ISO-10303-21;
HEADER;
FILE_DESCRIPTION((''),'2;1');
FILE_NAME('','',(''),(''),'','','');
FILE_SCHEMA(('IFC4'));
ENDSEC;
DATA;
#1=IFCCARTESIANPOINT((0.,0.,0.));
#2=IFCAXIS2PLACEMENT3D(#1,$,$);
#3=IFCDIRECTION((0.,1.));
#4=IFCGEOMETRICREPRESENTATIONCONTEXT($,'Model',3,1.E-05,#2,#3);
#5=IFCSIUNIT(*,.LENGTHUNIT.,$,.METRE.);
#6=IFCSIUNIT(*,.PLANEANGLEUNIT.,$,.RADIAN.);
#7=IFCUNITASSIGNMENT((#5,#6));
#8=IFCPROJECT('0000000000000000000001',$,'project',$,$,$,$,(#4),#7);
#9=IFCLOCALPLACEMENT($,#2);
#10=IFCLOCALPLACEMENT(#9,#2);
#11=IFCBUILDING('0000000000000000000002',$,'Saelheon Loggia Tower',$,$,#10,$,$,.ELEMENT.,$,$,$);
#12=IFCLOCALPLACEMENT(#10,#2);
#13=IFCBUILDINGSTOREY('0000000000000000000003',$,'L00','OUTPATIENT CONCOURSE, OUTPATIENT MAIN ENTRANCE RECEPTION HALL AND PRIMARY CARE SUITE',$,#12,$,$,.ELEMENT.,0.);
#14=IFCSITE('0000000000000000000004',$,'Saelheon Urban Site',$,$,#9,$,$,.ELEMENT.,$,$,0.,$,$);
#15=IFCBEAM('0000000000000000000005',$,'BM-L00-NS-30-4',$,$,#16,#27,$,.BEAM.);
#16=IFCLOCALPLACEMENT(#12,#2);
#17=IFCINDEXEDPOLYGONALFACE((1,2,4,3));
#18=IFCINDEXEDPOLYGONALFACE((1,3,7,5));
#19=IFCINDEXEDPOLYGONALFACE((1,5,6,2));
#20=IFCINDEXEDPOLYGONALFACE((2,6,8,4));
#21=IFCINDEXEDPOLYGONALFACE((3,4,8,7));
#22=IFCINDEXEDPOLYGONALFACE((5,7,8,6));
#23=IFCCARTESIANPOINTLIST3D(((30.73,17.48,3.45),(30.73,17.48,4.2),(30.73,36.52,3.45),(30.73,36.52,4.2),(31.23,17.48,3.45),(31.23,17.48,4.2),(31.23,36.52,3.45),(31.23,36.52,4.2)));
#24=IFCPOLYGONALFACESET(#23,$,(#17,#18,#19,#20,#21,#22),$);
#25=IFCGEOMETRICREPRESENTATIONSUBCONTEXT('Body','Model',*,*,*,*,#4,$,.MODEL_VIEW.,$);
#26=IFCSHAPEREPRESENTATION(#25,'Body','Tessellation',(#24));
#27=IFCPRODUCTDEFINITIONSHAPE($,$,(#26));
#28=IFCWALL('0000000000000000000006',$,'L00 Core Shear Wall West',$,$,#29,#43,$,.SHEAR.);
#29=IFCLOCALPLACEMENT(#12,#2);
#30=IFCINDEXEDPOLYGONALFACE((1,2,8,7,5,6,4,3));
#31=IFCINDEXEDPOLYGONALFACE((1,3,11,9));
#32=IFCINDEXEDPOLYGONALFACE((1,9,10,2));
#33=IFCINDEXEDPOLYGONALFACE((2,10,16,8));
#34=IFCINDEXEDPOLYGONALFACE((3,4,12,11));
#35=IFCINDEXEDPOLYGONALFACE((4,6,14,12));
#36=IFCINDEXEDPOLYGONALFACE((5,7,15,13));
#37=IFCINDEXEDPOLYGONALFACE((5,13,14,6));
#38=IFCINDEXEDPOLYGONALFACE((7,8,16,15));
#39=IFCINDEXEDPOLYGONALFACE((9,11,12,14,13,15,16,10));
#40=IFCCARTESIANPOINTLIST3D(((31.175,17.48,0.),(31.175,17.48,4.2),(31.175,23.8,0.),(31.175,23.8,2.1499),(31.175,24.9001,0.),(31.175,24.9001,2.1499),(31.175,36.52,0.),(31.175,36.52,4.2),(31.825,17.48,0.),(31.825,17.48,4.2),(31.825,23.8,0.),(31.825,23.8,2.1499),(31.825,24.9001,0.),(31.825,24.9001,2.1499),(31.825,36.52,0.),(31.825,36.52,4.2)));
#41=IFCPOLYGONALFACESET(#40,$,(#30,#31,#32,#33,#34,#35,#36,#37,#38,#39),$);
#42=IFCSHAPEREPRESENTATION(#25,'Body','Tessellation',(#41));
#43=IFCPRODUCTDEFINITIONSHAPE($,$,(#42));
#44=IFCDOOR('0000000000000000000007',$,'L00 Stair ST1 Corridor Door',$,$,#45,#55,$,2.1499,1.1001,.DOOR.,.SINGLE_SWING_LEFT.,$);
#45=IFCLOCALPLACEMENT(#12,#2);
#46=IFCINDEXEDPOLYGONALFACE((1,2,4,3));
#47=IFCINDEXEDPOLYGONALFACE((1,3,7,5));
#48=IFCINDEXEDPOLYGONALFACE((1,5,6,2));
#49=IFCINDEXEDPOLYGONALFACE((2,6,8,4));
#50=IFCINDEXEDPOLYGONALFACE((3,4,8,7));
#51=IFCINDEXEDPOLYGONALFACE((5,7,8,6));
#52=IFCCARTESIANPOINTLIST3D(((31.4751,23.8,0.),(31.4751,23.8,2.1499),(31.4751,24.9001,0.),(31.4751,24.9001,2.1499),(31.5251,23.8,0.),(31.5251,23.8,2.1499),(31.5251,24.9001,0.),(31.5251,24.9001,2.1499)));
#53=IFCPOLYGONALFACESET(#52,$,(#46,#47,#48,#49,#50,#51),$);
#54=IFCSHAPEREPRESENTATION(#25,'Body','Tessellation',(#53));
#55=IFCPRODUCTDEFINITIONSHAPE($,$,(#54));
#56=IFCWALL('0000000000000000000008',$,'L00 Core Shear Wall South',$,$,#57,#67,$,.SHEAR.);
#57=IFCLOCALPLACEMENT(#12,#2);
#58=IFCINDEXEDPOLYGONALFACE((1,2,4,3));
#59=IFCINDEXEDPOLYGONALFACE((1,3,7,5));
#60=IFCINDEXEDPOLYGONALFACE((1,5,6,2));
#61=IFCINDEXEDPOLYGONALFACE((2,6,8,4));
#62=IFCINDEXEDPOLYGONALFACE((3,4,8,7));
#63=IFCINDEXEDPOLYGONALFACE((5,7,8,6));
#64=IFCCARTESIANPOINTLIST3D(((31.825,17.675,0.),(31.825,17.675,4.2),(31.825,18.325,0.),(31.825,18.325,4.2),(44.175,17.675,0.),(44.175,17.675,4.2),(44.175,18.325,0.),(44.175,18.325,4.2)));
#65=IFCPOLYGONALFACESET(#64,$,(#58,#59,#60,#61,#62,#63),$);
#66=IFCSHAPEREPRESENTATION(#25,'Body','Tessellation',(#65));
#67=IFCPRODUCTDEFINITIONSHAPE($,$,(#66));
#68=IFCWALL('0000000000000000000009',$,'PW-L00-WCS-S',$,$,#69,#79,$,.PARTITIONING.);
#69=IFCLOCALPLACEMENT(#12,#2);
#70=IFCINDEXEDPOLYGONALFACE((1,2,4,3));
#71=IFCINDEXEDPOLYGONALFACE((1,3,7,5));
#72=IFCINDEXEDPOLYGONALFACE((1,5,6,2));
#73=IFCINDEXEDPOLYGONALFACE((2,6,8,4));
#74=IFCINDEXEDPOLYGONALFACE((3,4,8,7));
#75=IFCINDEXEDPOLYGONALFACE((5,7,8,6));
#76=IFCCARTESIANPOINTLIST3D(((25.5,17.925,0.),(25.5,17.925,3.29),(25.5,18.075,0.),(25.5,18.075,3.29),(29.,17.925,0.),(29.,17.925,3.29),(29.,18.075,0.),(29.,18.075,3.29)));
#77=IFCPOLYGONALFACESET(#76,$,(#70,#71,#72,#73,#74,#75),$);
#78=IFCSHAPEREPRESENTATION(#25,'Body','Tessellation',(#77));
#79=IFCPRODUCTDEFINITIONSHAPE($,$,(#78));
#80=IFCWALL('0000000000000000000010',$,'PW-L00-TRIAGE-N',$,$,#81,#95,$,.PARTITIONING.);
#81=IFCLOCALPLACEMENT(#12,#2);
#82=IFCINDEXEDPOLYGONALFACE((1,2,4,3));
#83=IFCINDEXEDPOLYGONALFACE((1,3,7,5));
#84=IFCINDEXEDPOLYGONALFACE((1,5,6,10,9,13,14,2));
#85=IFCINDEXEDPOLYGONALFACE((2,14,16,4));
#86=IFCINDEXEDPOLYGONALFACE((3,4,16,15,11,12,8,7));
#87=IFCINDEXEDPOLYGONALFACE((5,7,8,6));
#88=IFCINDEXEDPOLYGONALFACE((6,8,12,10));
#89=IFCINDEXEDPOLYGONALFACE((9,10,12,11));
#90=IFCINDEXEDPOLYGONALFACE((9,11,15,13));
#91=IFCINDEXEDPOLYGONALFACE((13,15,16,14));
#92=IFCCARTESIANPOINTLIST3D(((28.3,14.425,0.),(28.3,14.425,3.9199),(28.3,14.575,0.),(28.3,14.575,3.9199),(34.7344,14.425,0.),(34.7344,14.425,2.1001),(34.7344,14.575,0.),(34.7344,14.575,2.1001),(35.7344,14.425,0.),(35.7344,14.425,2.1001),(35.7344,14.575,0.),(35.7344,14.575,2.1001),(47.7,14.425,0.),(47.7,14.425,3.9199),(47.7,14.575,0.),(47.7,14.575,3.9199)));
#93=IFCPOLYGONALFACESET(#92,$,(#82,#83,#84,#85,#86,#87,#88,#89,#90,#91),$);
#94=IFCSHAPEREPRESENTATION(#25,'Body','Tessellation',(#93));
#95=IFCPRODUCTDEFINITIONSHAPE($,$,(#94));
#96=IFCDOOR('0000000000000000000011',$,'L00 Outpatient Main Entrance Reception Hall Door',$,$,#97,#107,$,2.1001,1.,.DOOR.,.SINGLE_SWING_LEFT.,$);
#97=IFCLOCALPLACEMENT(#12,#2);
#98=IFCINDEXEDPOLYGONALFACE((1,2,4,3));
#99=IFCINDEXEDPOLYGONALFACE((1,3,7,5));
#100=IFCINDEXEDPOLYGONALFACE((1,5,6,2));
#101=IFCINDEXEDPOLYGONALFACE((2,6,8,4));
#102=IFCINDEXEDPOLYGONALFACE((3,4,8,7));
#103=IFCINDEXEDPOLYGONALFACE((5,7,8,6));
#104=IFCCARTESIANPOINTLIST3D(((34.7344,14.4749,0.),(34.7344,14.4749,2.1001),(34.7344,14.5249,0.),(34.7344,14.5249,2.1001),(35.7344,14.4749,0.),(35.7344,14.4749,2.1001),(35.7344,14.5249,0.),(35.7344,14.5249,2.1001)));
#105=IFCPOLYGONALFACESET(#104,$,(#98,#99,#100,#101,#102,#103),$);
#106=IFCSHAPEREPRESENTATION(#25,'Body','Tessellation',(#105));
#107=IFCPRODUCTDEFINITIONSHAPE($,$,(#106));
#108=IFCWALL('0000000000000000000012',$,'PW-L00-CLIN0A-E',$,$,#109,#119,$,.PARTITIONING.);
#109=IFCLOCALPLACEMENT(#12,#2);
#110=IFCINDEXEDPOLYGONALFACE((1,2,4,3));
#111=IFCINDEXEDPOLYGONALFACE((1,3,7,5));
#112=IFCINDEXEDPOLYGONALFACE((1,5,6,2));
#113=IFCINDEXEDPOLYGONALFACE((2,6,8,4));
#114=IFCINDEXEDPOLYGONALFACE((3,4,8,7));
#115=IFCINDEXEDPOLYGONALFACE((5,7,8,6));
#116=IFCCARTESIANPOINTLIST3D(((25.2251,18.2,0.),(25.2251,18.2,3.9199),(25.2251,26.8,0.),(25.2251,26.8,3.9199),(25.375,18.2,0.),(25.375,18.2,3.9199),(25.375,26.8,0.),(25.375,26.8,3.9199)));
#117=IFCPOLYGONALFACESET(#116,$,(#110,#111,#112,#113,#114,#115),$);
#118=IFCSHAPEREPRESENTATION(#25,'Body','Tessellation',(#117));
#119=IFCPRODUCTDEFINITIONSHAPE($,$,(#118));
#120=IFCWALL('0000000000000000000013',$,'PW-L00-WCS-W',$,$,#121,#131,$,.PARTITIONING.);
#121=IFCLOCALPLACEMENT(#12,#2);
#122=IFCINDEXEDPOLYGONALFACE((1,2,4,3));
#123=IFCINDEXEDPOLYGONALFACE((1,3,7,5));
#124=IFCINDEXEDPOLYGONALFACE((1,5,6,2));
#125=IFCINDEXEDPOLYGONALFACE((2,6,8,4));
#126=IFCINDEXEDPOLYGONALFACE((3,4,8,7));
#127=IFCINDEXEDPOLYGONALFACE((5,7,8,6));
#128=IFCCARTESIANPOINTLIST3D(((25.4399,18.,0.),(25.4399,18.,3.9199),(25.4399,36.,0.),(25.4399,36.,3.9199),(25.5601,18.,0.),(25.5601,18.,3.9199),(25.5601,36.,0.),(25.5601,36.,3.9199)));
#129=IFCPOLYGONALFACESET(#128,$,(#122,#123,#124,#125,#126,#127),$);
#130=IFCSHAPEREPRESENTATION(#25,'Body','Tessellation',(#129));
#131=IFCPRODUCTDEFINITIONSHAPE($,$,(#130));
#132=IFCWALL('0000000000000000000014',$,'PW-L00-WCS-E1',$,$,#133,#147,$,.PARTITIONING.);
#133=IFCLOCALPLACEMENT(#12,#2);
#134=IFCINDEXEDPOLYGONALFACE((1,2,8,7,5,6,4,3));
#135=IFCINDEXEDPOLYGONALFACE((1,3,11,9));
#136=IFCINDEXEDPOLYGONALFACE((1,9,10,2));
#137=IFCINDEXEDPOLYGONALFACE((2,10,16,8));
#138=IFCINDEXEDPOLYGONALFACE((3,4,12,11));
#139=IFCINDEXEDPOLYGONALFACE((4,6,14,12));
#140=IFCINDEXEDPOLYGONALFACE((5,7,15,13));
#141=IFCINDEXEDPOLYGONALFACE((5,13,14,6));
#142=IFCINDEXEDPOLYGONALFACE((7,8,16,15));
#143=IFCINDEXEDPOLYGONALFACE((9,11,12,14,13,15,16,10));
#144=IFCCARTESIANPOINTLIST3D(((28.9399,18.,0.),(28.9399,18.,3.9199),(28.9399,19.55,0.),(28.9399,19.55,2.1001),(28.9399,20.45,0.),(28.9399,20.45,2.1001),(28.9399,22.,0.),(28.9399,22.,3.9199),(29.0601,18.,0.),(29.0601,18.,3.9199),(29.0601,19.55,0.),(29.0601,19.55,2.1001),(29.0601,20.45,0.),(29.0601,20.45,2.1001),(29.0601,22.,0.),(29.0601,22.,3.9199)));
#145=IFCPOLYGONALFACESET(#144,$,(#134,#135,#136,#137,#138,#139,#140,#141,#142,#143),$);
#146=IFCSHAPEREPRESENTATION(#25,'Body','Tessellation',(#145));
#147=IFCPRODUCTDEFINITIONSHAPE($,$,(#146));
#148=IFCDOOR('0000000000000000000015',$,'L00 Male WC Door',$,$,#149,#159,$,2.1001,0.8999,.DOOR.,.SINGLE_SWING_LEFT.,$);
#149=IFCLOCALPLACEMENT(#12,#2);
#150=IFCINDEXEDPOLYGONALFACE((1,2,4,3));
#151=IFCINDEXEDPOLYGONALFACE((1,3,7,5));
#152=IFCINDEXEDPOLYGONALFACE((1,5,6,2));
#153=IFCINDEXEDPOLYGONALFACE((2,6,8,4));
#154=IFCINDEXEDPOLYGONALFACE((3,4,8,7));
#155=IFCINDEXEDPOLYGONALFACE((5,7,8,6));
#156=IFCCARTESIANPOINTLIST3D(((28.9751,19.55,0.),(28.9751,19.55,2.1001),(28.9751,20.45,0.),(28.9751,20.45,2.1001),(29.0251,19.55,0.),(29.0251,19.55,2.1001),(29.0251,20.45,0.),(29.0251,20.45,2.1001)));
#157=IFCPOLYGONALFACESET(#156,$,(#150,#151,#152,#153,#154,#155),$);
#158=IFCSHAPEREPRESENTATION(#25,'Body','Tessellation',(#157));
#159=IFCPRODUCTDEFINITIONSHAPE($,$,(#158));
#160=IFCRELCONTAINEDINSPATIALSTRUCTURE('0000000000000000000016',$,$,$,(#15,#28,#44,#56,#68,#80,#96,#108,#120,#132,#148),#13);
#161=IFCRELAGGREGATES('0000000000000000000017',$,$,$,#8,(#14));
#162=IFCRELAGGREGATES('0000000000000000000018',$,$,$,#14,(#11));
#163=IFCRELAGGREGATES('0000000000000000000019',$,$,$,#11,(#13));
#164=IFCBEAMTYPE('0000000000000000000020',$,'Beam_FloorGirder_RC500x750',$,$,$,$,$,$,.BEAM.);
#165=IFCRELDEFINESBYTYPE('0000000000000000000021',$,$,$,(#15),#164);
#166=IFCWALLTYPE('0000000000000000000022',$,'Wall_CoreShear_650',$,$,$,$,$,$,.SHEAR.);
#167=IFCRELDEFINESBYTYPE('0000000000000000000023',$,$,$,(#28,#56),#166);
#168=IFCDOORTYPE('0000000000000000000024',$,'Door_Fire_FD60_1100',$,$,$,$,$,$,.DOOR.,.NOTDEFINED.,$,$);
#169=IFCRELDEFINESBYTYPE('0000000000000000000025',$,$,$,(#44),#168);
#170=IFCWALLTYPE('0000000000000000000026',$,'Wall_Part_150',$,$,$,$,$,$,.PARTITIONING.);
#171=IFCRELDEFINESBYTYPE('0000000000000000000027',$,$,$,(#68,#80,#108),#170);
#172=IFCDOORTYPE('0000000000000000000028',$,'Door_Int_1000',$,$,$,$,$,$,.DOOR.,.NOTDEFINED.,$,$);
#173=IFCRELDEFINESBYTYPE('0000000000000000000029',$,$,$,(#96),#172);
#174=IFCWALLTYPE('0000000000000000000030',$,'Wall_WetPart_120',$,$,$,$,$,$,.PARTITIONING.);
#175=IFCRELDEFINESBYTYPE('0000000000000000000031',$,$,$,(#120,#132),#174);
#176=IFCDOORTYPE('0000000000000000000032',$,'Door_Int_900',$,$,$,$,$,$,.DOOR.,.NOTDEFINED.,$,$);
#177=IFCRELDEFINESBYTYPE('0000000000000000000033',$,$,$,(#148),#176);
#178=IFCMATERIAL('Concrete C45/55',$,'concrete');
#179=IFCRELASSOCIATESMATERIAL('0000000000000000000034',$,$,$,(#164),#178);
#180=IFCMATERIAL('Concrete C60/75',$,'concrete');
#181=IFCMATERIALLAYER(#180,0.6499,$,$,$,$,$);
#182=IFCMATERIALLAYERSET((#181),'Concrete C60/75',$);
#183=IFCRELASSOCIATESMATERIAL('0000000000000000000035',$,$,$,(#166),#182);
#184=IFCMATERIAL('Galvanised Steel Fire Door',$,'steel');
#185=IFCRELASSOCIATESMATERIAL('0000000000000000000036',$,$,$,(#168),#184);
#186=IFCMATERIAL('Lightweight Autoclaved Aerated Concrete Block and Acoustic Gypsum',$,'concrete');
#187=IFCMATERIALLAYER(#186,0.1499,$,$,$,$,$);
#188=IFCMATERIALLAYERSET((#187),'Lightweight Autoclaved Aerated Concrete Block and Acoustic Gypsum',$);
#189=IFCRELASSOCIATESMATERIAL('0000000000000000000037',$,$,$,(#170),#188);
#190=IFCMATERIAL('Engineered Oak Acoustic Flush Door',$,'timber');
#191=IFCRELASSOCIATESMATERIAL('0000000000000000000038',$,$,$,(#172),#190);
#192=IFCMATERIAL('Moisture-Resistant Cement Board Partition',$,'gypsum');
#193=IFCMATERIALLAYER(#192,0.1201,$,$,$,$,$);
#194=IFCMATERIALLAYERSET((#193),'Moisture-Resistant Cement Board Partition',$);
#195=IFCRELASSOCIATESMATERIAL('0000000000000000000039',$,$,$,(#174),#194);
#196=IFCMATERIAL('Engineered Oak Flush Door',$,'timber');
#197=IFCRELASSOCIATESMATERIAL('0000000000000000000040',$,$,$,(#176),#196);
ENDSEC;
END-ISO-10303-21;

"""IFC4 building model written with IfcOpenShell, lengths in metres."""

from ifc_helpers import new_model, si_unit, direction, frame, frame_2d, origin, origin_2d, place, context, subcontext, project, spatial, rectangle, extrude, source, transform, mapped, material, layer, layer_set, material_profile, profile_set, type_object, element, fill, save


model = new_model("IFC4")

# Units and contexts
model_context = context("Model", 3, precision=1e-05, world=origin(), true_north=direction((0.0, 1.0)))
body_context = subcontext(model_context, "Body", "Model", "MODEL_VIEW")
ifc_project = project(units=[si_unit("LENGTHUNIT", "METRE"), si_unit("PLANEANGLEUNIT", "RADIAN")], contexts=[model_context])

# Site, building, storey
site_placement = place(None, origin())
site = spatial("IfcSite", under=ifc_project, at=site_placement, Name="Saelheon Urban Site", CompositionType="ELEMENT", RefElevation=0.0)
building_placement = place(site_placement, origin())
building = spatial("IfcBuilding", under=site, at=building_placement, Name="Saelheon Loggia Tower", CompositionType="ELEMENT")
storey_placement = place(building_placement, origin())
storey = spatial("IfcBuildingStorey", under=building, at=storey_placement, Name="L00", Description="OUTPATIENT CONCOURSE, OUTPATIENT MAIN ENTRANCE RECEPTION HALL AND PRIMARY CARE SUITE", CompositionType="ELEMENT", Elevation=0.0)

# Shared definitions
ifc_material_1 = material(Name="Concrete C60/75", Category="concrete")

# Beam
ifc_material_2 = material(Name="Concrete C45/55", Category="concrete")
ifc_material_profile_1 = material_profile(ifc_material_2, rectangle(XDim=0.5, YDim=0.75, at=origin_2d()), Name="RC-500x750")
ifc_profile_set_1 = profile_set([ifc_material_profile_1], Name="Concrete C45/55")
beam_type_1 = type_object("IfcBeamType", Name="Beam_FloorGirder_RC500x750", PredefinedType="BEAM", material=ifc_profile_set_1)
shared_shape_1 = source(origin(), body_context, "Body", "SweptSolid", [
    extrude(rectangle(XDim=0.5, YDim=0.75, at=origin_2d()), origin(), (0.0, 0.0, 1.0), 19.04),
])
beam_1_placement = place(storey_placement, frame((30.98, 17.48, 3.825), z_axis=(0.0, 1.0, 0.0), x_axis=(-1.0, 0.0, 0.0)))
element("IfcBeam", 1, at=beam_1_placement, inside=storey, type_object=beam_type_1, Name="BM-L00-NS-30-4", PredefinedType="BEAM", context=body_context, shape_type="MappedRepresentation", body=[
    mapped(shared_shape_1, transform((0.0, 0.0, 0.0), scale=1.0)),
])

# Wall, opening, door
ifc_layer_1 = layer(ifc_material_1, 0.6499)
ifc_layer_set_1 = layer_set([ifc_layer_1], Name="Concrete C60/75")
wall_type_1 = type_object("IfcWallType", Name="Wall_CoreShear_650", PredefinedType="SHEAR", material=ifc_layer_set_1)
wall_1_placement = place(storey_placement, frame((31.5, 17.48, 0.0), z_axis=(0.0, 0.0, 1.0), x_axis=(0.0, 1.0, 0.0)))
wall_1 = element("IfcWall", 2, at=wall_1_placement, inside=storey, type_object=wall_type_1, Name="L00 Core Shear Wall West", PredefinedType="SHEAR", context=body_context, shape_type="SweptSolid", body=[
    extrude(rectangle(XDim=19.04, YDim=0.6499, at=frame_2d((9.52, 0.0))), origin(), (0.0, 0.0, 1.0), 4.2),
])
opening_1_placement = place(wall_1_placement, frame((6.3201, 0.0, 0.0)))
opening_1 = element("IfcOpeningElement", 3, at=opening_1_placement, cuts=wall_1, PredefinedType="OPENING", context=body_context, shape_type="SweptSolid", body=[
    extrude(rectangle(XDim=1.1001, YDim=2.1499, at=frame_2d((0.55, 1.075))), frame((0.0, 0.3369, 0.0), z_axis=(0.0, -1.0, 0.0), x_axis=(1.0, 0.0, 0.0)), (0.0, 0.0, 1.0), 0.6738),
])
ifc_material_3 = material(Name="Galvanised Steel Fire Door", Category="steel")
door_type_1 = type_object("IfcDoorType", Name="Door_Fire_FD60_1100", OperationType="NOTDEFINED", PredefinedType="DOOR", material=ifc_material_3)
shared_shape_2 = source(origin(), body_context, "Body", "SweptSolid", [
    extrude(rectangle(XDim=1.1001, YDim=2.1499, at=frame_2d((0.55, 1.075))), frame((0.0, 0.0249, 0.0), z_axis=(0.0, -1.0, 0.0), x_axis=(1.0, 0.0, 0.0)), (0.0, 0.0, 1.0), 0.05),
])
door_1_placement = place(opening_1_placement, origin())
door_1 = element("IfcDoor", 4, at=door_1_placement, inside=storey, type_object=door_type_1, Name="L00 Stair ST1 Corridor Door", OperationType="SINGLE_SWING_LEFT", OverallHeight=2.1499, OverallWidth=1.1001, PredefinedType="DOOR", context=body_context, shape_type="MappedRepresentation", body=[
    mapped(shared_shape_2, transform((0.0, 0.0, 0.0), scale=1.0)),
])
fill(opening_1, door_1)

# Walls
wall_2_placement = place(storey_placement, frame((31.825, 18.0, 0.0), z_axis=(0.0, 0.0, 1.0), x_axis=(1.0, 0.0, 0.0)))
element("IfcWall", 5, at=wall_2_placement, inside=storey, type_object=wall_type_1, Name="L00 Core Shear Wall South", PredefinedType="SHEAR", context=body_context, shape_type="SweptSolid", body=[
    extrude(rectangle(XDim=12.3501, YDim=0.6499, at=frame_2d((6.175, 0.0))), origin(), (0.0, 0.0, 1.0), 4.2),
])
ifc_material_4 = material(Name="Lightweight Autoclaved Aerated Concrete Block and Acoustic Gypsum", Category="concrete")
ifc_layer_2 = layer(ifc_material_4, 0.1499)
ifc_layer_set_2 = layer_set([ifc_layer_2], Name="Lightweight Autoclaved Aerated Concrete Block and Acoustic Gypsum")
wall_type_2 = type_object("IfcWallType", Name="Wall_Part_150", PredefinedType="PARTITIONING", material=ifc_layer_set_2)
wall_3_placement = place(storey_placement, frame((25.5, 18.0, 0.0), z_axis=(0.0, 0.0, 1.0), x_axis=(1.0, 0.0, 0.0)))
element("IfcWall", 6, at=wall_3_placement, inside=storey, type_object=wall_type_2, Name="PW-L00-WCS-S", PredefinedType="PARTITIONING", context=body_context, shape_type="SweptSolid", body=[
    extrude(rectangle(XDim=3.5, YDim=0.1499, at=frame_2d((1.75, 0.0))), origin(), (0.0, 0.0, 1.0), 3.29),
])

# Wall, opening, door
wall_4_placement = place(storey_placement, frame((28.3, 14.5, 0.0), z_axis=(0.0, 0.0, 1.0), x_axis=(1.0, 0.0, 0.0)))
wall_4 = element("IfcWall", 7, at=wall_4_placement, inside=storey, type_object=wall_type_2, Name="PW-L00-TRIAGE-N", PredefinedType="PARTITIONING", context=body_context, shape_type="SweptSolid", body=[
    extrude(rectangle(XDim=19.3999, YDim=0.1499, at=frame_2d((9.7, 0.0))), origin(), (0.0, 0.0, 1.0), 3.9199),
])
opening_2_placement = place(wall_4_placement, frame((6.4343, 0.0, 0.0)))
opening_2 = element("IfcOpeningElement", 8, at=opening_2_placement, cuts=wall_4, PredefinedType="OPENING", context=body_context, shape_type="SweptSolid", body=[
    extrude(rectangle(XDim=1.0, YDim=2.1001, at=frame_2d((0.5, 1.05))), frame((0.0, 0.0869, 0.0), z_axis=(0.0, -1.0, 0.0), x_axis=(1.0, 0.0, 0.0)), (0.0, 0.0, 1.0), 0.1738),
])
ifc_material_5 = material(Name="Engineered Oak Acoustic Flush Door", Category="timber")
door_type_2 = type_object("IfcDoorType", Name="Door_Int_1000", OperationType="NOTDEFINED", PredefinedType="DOOR", material=ifc_material_5)
shared_shape_3 = source(origin(), body_context, "Body", "SweptSolid", [
    extrude(rectangle(XDim=1.0, YDim=2.1001, at=frame_2d((0.5, 1.05))), frame((0.0, 0.0249, 0.0), z_axis=(0.0, -1.0, 0.0), x_axis=(1.0, 0.0, 0.0)), (0.0, 0.0, 1.0), 0.05),
])
door_2_placement = place(opening_2_placement, origin())
door_2 = element("IfcDoor", 9, at=door_2_placement, inside=storey, type_object=door_type_2, Name="L00 Outpatient Main Entrance Reception Hall Door", OperationType="SINGLE_SWING_LEFT", OverallHeight=2.1001, OverallWidth=1.0, PredefinedType="DOOR", context=body_context, shape_type="MappedRepresentation", body=[
    mapped(shared_shape_3, transform((0.0, 0.0, 0.0), scale=1.0)),
])
fill(opening_2, door_2)

# Walls
wall_5_placement = place(storey_placement, frame((25.3, 18.2, 0.0), z_axis=(0.0, 0.0, 1.0), x_axis=(0.0, 1.0, 0.0)))
element("IfcWall", 10, at=wall_5_placement, inside=storey, type_object=wall_type_2, Name="PW-L00-CLIN0A-E", PredefinedType="PARTITIONING", context=body_context, shape_type="SweptSolid", body=[
    extrude(rectangle(XDim=8.6001, YDim=0.1499, at=frame_2d((4.3, 0.0))), origin(), (0.0, 0.0, 1.0), 3.9199),
])
ifc_material_6 = material(Name="Moisture-Resistant Cement Board Partition", Category="gypsum")
ifc_layer_3 = layer(ifc_material_6, 0.1201)
ifc_layer_set_3 = layer_set([ifc_layer_3], Name="Moisture-Resistant Cement Board Partition")
wall_type_3 = type_object("IfcWallType", Name="Wall_WetPart_120", PredefinedType="PARTITIONING", material=ifc_layer_set_3)
wall_6_placement = place(storey_placement, frame((25.5, 18.0, 0.0), z_axis=(0.0, 0.0, 1.0), x_axis=(0.0, 1.0, 0.0)))
element("IfcWall", 11, at=wall_6_placement, inside=storey, type_object=wall_type_3, Name="PW-L00-WCS-W", PredefinedType="PARTITIONING", context=body_context, shape_type="SweptSolid", body=[
    extrude(rectangle(XDim=18.0, YDim=0.1201, at=frame_2d((9.0, 0.0))), origin(), (0.0, 0.0, 1.0), 3.9199),
])

# Wall, opening, door
wall_7_placement = place(storey_placement, frame((29.0, 18.0, 0.0), z_axis=(0.0, 0.0, 1.0), x_axis=(0.0, 1.0, 0.0)))
wall_7 = element("IfcWall", 12, at=wall_7_placement, inside=storey, type_object=wall_type_3, Name="PW-L00-WCS-E1", PredefinedType="PARTITIONING", context=body_context, shape_type="SweptSolid", body=[
    extrude(rectangle(XDim=4.0, YDim=0.1201, at=frame_2d((2.0, 0.0))), origin(), (0.0, 0.0, 1.0), 3.9199),
])
opening_3_placement = place(wall_7_placement, frame((1.55, 0.0, 0.0)))
opening_3 = element("IfcOpeningElement", 13, at=opening_3_placement, cuts=wall_7, PredefinedType="OPENING", context=body_context, shape_type="SweptSolid", body=[
    extrude(rectangle(XDim=0.8999, YDim=2.1001, at=frame_2d((0.45, 1.05))), frame((0.0, 0.072, 0.0), z_axis=(0.0, -1.0, 0.0), x_axis=(1.0, 0.0, 0.0)), (0.0, 0.0, 1.0), 0.144),
])
ifc_material_7 = material(Name="Engineered Oak Flush Door", Category="timber")
door_type_3 = type_object("IfcDoorType", Name="Door_Int_900", OperationType="NOTDEFINED", PredefinedType="DOOR", material=ifc_material_7)
shared_shape_4 = source(origin(), body_context, "Body", "SweptSolid", [
    extrude(rectangle(XDim=0.8999, YDim=2.1001, at=frame_2d((0.45, 1.05))), frame((0.0, 0.0249, 0.0), z_axis=(0.0, -1.0, 0.0), x_axis=(1.0, 0.0, 0.0)), (0.0, 0.0, 1.0), 0.05),
])
door_3_placement = place(opening_3_placement, origin())
door_3 = element("IfcDoor", 14, at=door_3_placement, inside=storey, type_object=door_type_3, Name="L00 Male WC Door", OperationType="SINGLE_SWING_LEFT", OverallHeight=2.1001, OverallWidth=0.8999, PredefinedType="DOOR", context=body_context, shape_type="MappedRepresentation", body=[
    mapped(shared_shape_4, transform((0.0, 0.0, 0.0), scale=1.0)),
])
fill(opening_3, door_3)

save(model, "model.ifc")
